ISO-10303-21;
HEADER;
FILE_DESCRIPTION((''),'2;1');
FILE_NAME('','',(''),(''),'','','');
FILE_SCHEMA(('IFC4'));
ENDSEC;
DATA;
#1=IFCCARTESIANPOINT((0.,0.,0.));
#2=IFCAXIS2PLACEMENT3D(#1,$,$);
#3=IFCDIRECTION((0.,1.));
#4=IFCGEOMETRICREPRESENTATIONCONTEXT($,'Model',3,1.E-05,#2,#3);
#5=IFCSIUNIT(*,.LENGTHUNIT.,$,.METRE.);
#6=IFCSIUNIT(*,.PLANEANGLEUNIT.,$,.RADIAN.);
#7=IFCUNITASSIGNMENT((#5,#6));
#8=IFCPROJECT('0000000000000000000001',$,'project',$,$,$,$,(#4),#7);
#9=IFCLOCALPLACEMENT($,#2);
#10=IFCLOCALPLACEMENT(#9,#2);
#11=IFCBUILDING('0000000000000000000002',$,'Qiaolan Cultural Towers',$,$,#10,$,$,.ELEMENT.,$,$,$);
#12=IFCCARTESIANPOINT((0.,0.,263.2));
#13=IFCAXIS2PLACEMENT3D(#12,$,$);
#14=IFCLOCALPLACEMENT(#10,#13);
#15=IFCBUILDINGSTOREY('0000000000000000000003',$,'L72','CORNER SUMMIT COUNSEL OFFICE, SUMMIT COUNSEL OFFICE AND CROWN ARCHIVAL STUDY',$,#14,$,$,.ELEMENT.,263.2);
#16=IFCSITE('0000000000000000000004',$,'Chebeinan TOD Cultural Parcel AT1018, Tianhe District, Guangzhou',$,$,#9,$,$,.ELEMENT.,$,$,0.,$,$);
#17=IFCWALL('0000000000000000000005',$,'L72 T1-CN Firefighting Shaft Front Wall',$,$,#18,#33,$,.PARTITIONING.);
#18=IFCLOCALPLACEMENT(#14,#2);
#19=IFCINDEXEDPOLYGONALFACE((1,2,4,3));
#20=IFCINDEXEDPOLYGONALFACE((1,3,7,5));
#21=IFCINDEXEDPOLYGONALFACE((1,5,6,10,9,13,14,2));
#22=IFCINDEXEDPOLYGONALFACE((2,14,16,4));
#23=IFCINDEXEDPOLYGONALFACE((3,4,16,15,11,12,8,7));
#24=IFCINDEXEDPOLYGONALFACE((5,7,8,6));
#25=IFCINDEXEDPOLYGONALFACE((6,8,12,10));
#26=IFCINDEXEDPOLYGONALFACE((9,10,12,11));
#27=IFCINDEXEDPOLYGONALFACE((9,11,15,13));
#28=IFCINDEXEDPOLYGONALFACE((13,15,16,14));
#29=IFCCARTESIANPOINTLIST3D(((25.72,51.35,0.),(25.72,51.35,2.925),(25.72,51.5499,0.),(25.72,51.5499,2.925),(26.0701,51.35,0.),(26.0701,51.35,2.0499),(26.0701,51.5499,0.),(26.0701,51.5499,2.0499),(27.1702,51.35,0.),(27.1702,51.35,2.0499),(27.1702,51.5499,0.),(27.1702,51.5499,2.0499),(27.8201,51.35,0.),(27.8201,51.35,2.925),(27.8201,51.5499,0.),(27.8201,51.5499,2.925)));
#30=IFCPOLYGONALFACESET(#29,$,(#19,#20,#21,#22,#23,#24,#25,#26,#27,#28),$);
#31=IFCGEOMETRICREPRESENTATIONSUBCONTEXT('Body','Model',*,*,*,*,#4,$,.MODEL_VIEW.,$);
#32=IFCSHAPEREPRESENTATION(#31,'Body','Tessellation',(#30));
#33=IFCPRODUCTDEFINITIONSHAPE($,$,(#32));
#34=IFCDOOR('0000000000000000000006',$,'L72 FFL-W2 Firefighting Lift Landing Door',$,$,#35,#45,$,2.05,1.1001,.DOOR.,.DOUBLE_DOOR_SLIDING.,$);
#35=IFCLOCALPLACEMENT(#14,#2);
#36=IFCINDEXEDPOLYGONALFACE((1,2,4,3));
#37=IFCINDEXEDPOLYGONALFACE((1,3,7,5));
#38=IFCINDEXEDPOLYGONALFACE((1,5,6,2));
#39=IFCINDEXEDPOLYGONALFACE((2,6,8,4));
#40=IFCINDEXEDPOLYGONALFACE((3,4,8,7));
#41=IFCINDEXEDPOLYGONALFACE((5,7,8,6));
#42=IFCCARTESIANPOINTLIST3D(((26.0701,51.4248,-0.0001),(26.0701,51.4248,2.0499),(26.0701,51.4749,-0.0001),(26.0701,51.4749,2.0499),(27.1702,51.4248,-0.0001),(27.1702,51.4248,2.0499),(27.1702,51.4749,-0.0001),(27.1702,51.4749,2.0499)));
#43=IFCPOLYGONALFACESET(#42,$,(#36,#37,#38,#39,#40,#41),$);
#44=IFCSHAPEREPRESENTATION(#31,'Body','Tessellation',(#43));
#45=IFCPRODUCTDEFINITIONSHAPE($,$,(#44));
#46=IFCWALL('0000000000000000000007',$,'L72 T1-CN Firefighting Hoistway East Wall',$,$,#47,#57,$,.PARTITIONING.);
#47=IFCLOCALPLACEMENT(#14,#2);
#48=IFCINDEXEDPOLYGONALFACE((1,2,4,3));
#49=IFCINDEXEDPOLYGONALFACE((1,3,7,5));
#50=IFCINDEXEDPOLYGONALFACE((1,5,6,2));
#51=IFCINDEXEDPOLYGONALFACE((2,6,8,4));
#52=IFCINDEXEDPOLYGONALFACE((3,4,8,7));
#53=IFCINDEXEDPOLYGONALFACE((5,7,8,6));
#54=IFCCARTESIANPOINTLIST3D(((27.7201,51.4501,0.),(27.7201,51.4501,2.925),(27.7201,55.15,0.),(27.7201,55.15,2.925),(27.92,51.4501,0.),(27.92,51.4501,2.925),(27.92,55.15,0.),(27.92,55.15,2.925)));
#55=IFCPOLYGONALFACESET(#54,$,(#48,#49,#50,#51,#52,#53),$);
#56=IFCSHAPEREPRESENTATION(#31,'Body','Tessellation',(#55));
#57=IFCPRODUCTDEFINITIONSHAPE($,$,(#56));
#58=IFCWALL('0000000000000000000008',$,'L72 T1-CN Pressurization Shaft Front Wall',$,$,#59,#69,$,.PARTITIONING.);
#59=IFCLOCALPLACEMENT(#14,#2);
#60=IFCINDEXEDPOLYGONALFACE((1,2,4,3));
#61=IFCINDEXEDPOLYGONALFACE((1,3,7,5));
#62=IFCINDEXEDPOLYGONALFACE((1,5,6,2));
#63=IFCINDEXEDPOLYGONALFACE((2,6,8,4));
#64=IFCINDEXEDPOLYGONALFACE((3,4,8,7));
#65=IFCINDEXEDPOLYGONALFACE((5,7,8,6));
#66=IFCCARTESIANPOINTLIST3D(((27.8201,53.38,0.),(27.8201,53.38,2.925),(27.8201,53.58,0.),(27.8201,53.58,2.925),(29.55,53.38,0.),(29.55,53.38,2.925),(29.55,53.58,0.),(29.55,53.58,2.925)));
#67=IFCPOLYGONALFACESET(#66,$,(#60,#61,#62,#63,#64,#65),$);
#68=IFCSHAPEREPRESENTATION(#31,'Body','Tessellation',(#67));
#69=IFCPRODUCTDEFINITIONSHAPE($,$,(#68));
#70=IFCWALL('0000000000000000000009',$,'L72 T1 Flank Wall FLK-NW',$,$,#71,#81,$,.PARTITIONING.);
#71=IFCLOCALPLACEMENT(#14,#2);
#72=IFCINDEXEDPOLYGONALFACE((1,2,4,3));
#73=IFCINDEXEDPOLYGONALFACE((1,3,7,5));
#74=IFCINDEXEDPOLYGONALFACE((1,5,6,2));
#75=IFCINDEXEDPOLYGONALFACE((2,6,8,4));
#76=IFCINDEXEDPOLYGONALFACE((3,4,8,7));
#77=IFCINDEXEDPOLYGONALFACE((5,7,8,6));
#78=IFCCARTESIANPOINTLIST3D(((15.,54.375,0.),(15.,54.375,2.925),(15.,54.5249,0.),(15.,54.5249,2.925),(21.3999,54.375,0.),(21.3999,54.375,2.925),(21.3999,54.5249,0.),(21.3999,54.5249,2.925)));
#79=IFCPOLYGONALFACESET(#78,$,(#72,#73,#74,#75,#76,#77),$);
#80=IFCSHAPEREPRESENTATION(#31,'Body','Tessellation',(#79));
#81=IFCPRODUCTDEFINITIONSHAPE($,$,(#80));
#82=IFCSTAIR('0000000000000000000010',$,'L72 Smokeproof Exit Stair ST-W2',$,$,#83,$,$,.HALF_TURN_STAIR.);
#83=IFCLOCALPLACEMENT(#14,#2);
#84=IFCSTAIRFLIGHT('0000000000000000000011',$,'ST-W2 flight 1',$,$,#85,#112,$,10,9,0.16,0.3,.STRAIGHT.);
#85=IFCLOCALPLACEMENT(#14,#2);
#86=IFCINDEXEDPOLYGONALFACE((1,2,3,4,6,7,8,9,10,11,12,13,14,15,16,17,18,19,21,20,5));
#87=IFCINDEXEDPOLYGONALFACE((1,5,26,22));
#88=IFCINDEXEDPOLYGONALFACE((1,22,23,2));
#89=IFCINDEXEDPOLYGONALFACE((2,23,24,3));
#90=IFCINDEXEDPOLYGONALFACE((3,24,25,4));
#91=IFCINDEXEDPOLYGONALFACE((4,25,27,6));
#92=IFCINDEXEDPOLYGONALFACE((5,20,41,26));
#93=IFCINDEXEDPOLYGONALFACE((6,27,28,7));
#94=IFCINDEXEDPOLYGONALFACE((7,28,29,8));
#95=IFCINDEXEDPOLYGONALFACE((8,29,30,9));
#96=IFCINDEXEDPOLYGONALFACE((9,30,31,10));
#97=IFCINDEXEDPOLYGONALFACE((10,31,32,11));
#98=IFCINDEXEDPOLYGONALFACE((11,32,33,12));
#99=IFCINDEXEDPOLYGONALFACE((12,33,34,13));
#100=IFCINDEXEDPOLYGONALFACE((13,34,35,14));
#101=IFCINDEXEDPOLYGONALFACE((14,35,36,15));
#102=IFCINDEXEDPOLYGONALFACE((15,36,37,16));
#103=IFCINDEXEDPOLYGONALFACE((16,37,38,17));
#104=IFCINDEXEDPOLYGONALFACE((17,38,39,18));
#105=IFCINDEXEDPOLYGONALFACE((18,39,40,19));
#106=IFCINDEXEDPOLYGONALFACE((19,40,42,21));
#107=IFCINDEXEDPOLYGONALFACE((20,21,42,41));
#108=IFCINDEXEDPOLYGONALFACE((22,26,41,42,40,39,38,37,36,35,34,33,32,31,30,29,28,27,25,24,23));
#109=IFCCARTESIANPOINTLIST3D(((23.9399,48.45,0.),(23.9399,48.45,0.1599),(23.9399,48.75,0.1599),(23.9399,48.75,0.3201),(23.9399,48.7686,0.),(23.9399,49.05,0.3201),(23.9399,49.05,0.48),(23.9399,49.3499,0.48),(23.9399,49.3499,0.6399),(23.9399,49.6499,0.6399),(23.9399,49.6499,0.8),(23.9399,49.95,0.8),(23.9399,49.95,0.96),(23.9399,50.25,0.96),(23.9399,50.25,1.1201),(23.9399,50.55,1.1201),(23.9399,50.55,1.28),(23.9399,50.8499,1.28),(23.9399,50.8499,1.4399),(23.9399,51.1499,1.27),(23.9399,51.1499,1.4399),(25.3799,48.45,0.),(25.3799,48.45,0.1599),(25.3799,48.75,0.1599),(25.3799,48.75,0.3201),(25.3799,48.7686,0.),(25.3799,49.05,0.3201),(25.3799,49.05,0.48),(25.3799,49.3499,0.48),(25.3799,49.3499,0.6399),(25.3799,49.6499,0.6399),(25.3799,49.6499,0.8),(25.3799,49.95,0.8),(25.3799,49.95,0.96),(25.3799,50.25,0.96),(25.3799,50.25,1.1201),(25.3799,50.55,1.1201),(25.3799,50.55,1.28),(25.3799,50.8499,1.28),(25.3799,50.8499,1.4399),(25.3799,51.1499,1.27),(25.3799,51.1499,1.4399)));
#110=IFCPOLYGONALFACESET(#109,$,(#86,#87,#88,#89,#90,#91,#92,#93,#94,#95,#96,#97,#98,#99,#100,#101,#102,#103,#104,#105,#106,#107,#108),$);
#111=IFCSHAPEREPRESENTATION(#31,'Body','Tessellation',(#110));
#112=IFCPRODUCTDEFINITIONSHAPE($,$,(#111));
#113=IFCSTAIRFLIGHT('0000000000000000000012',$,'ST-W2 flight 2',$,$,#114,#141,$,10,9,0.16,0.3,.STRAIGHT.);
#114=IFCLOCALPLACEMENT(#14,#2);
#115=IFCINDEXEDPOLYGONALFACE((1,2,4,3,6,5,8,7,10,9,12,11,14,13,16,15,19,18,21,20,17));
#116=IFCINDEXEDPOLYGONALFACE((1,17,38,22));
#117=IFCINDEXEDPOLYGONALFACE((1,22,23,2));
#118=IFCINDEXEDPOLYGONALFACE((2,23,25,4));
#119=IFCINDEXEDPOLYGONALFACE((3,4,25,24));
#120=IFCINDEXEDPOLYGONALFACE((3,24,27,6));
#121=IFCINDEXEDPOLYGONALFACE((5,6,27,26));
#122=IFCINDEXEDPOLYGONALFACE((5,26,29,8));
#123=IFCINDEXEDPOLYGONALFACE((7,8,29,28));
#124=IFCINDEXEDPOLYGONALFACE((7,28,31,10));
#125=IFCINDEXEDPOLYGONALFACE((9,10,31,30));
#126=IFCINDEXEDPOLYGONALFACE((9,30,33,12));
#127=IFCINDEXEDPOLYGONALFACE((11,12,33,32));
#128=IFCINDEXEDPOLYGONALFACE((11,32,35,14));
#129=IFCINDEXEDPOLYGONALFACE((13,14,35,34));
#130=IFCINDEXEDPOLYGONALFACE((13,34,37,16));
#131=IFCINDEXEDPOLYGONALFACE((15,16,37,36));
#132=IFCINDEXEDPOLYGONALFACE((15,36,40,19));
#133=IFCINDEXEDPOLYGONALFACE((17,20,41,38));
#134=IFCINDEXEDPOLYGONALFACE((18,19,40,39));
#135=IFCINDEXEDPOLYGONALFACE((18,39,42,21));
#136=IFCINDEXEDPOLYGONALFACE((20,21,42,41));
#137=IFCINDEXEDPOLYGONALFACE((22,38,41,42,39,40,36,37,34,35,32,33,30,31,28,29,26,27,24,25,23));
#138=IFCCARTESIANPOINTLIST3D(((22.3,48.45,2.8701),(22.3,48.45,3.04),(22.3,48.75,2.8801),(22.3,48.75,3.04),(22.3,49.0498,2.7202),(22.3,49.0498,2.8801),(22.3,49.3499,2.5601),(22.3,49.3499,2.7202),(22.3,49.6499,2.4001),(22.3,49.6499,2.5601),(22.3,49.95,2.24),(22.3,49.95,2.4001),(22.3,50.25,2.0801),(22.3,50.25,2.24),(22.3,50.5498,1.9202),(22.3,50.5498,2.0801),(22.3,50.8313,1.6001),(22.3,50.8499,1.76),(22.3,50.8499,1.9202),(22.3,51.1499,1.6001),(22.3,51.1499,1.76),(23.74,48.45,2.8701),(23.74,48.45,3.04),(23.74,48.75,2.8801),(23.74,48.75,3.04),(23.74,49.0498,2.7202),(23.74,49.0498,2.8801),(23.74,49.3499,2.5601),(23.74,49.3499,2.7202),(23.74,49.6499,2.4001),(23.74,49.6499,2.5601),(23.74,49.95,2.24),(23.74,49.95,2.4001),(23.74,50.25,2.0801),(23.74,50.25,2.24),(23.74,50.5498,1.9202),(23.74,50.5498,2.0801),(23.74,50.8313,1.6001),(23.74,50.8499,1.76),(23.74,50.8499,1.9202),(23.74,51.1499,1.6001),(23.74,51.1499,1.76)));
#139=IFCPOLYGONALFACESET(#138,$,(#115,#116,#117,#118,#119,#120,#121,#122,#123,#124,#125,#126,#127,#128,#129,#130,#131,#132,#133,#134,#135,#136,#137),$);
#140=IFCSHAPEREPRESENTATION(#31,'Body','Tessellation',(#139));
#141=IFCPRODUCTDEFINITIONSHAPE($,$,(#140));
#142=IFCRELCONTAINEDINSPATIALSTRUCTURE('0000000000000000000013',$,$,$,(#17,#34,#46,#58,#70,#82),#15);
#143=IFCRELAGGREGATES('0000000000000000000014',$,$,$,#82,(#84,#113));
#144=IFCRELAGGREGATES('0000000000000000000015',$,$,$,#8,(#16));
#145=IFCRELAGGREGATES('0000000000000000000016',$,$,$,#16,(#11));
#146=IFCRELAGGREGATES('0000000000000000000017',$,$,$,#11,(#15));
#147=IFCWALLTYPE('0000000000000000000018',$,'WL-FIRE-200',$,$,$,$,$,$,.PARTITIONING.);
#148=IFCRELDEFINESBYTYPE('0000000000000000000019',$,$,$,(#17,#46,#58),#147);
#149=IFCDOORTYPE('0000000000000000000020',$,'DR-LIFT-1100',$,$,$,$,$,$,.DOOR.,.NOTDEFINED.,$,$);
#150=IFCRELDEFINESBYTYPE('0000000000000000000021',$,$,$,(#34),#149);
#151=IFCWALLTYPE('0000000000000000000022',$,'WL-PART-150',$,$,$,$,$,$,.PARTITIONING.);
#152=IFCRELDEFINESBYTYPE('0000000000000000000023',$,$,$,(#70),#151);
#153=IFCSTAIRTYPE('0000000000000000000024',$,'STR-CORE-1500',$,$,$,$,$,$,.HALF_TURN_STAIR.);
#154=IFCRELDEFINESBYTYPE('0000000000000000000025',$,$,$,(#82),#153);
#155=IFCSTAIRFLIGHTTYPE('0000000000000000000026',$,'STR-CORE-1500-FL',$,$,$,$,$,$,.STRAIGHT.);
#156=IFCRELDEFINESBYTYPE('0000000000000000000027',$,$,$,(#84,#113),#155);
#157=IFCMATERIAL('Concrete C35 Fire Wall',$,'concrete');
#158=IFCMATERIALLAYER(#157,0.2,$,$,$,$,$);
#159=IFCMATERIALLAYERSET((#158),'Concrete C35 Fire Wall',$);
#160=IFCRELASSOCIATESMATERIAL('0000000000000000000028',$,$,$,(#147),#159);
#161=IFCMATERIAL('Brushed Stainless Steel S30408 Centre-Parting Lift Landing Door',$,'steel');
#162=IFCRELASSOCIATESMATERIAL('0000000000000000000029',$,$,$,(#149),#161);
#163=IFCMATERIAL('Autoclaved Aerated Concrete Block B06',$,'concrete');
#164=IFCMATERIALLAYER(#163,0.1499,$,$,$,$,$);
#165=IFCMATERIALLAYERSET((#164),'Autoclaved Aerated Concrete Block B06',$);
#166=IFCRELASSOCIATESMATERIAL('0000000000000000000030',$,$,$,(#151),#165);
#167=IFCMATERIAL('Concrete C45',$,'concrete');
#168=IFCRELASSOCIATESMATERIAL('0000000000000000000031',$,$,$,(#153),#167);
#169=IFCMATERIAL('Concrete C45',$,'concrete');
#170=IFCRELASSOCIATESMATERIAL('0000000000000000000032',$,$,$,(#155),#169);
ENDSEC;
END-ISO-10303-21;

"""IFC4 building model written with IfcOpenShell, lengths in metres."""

from ifc_helpers import new_model, si_unit, direction, frame, frame_2d, origin, place, context, subcontext, project, spatial, polyline, rectangle, outline, extrude, material, layer, layer_set, type_object, element, fill, aggregate, save


model = new_model("IFC4")

# Units and contexts
model_context = context("Model", 3, precision=1e-05, world=origin(), true_north=direction((0.0, 1.0)))
body_context = subcontext(model_context, "Body", "Model", "MODEL_VIEW")
ifc_project = project(units=[si_unit("LENGTHUNIT", "METRE"), si_unit("PLANEANGLEUNIT", "RADIAN")], contexts=[model_context])

# Site, building, storey
site_placement = place(None, origin())
site = spatial("IfcSite", under=ifc_project, at=site_placement, Name="Chebeinan TOD Cultural Parcel AT1018, Tianhe District, Guangzhou", CompositionType="ELEMENT", RefElevation=0.0)
building_placement = place(site_placement, origin())
building = spatial("IfcBuilding", under=site, at=building_placement, Name="Qiaolan Cultural Towers", CompositionType="ELEMENT")
storey_placement = place(building_placement, frame((0.0, 0.0, 263.2)))
storey = spatial("IfcBuildingStorey", under=building, at=storey_placement, Name="L72", Description="CORNER SUMMIT COUNSEL OFFICE, SUMMIT COUNSEL OFFICE AND CROWN ARCHIVAL STUDY", CompositionType="ELEMENT", Elevation=263.2)

# Wall, opening, door
ifc_material_1 = material(Name="Concrete C35 Fire Wall", Category="concrete")
ifc_layer_1 = layer(ifc_material_1, 0.2)
ifc_layer_set_1 = layer_set([ifc_layer_1], Name="Concrete C35 Fire Wall")
wall_type_1 = type_object("IfcWallType", Name="WL-FIRE-200", PredefinedType="PARTITIONING", material=ifc_layer_set_1)
wall_1_placement = place(storey_placement, frame((25.72, 51.45, 0.0), z_axis=(0.0, 0.0, 1.0), x_axis=(1.0, 0.0, 0.0)))
wall_1 = element("IfcWall", 1, at=wall_1_placement, inside=storey, type_object=wall_type_1, Name="L72 T1-CN Firefighting Shaft Front Wall", PredefinedType="PARTITIONING", context=body_context, shape_type="SweptSolid", body=[
    extrude(rectangle(XDim=2.1001, YDim=0.2, at=frame_2d((1.05, 0.0))), origin(), (0.0, 0.0, 1.0), 2.925),
])
opening_placement = place(wall_1_placement, frame((0.3501, 0.0, 0.0)))
opening = element("IfcOpeningElement", 2, at=opening_placement, cuts=wall_1, PredefinedType="OPENING", context=body_context, shape_type="SweptSolid", body=[
    extrude(rectangle(XDim=1.1001, YDim=2.05, at=frame_2d((0.55, 1.0249))), frame((0.0, 0.1099, 0.0), z_axis=(0.0, -1.0, 0.0), x_axis=(1.0, 0.0, 0.0)), (0.0, 0.0, 1.0), 0.22),
])
ifc_material_2 = material(Name="Brushed Stainless Steel S30408 Centre-Parting Lift Landing Door", Category="steel")
door_type = type_object("IfcDoorType", Name="DR-LIFT-1100", OperationType="NOTDEFINED", PredefinedType="DOOR", material=ifc_material_2)
door_placement = place(opening_placement, origin())
door = element("IfcDoor", 3, at=door_placement, inside=storey, type_object=door_type, Name="L72 FFL-W2 Firefighting Lift Landing Door", OperationType="DOUBLE_DOOR_SLIDING", OverallHeight=2.05, OverallWidth=1.1001, PredefinedType="DOOR", context=body_context, shape_type="SweptSolid", body=[
    extrude(rectangle(XDim=1.1001, YDim=2.05, at=frame_2d((0.55, 1.0249))), frame((0.0, 0.0249, 0.0), z_axis=(0.0, -1.0, 0.0), x_axis=(1.0, 0.0, 0.0)), (0.0, 0.0, 1.0), 0.05),
])
fill(opening, door)

# Walls
wall_2_placement = place(storey_placement, frame((27.8201, 51.45, 0.0), z_axis=(0.0, 0.0, 1.0), x_axis=(0.0, 1.0, 0.0)))
element("IfcWall", 4, at=wall_2_placement, inside=storey, type_object=wall_type_1, Name="L72 T1-CN Firefighting Hoistway East Wall", PredefinedType="PARTITIONING", context=body_context, shape_type="SweptSolid", body=[
    extrude(rectangle(XDim=3.7, YDim=0.2, at=frame_2d((1.8501, 0.0))), origin(), (0.0, 0.0, 1.0), 2.925),
])
wall_3_placement = place(storey_placement, frame((27.8201, 53.48, 0.0), z_axis=(0.0, 0.0, 1.0), x_axis=(1.0, 0.0, 0.0)))
element("IfcWall", 5, at=wall_3_placement, inside=storey, type_object=wall_type_1, Name="L72 T1-CN Pressurization Shaft Front Wall", PredefinedType="PARTITIONING", context=body_context, shape_type="SweptSolid", body=[
    extrude(rectangle(XDim=1.73, YDim=0.2, at=frame_2d((0.865, 0.0))), origin(), (0.0, 0.0, 1.0), 2.925),
])
ifc_material_3 = material(Name="Autoclaved Aerated Concrete Block B06", Category="concrete")
ifc_layer_2 = layer(ifc_material_3, 0.1499)
ifc_layer_set_2 = layer_set([ifc_layer_2], Name="Autoclaved Aerated Concrete Block B06")
wall_type_2 = type_object("IfcWallType", Name="WL-PART-150", PredefinedType="PARTITIONING", material=ifc_layer_set_2)
wall_4_placement = place(storey_placement, frame((15.0, 54.45, 0.0), z_axis=(0.0, 0.0, 1.0), x_axis=(1.0, 0.0, 0.0)))
element("IfcWall", 6, at=wall_4_placement, inside=storey, type_object=wall_type_2, Name="L72 T1 Flank Wall FLK-NW", PredefinedType="PARTITIONING", context=body_context, shape_type="SweptSolid", body=[
    extrude(rectangle(XDim=6.3999, YDim=0.1499, at=frame_2d((3.2, 0.0))), origin(), (0.0, 0.0, 1.0), 2.925),
])

# Stair, stair flights
ifc_material_4 = material(Name="Concrete C45", Category="concrete")
stair_type = type_object("IfcStairType", Name="STR-CORE-1500", PredefinedType="HALF_TURN_STAIR", material=ifc_material_4)
stair_placement = place(storey_placement, origin())
stair = element("IfcStair", 7, at=stair_placement, inside=storey, type_object=stair_type, Name="L72 Smokeproof Exit Stair ST-W2", PredefinedType="HALF_TURN_STAIR")
ifc_material_5 = material(Name="Concrete C45", Category="concrete")
stair_flight_type = type_object("IfcStairFlightType", Name="STR-CORE-1500-FL", PredefinedType="STRAIGHT", material=ifc_material_5)
stair_flight_1_placement = place(storey_placement, frame((24.6599, 48.45, 0.0), z_axis=(0.0, 0.0, 1.0), x_axis=(0.0, 1.0, 0.0)))
stair_flight_1 = element("IfcStairFlight", 8, at=stair_flight_1_placement, type_object=stair_flight_type, Name="ST-W2 flight 1", NumberOfRisers=10, NumberOfTreads=9, PredefinedType="STRAIGHT", RiserHeight=0.16, TreadLength=0.3, context=body_context, shape_type="SweptSolid", body=[
    extrude(outline(polyline([(0.0, 0.0), (0.0, 0.1599), (0.3, 0.1599), (0.3, 0.3201), (0.6001, 0.3201), (0.6001, 0.48), (0.8999, 0.48), (0.8999, 0.6399), (1.2, 0.6399), (1.2, 0.8), (1.5, 0.8), (1.5, 0.96), (1.8, 0.96), (1.8, 1.1201), (2.1001, 1.1201), (2.1001, 1.28), (2.3999, 1.28), (2.3999, 1.4399), (2.7, 1.4399), (2.7, 1.6001), (2.7, 1.27), (0.3186, 0.0), (0.0, 0.0)])), frame((0.0, 0.72, 0.0), z_axis=(0.0, -1.0, 0.0), x_axis=(1.0, 0.0, 0.0)), (0.0, 0.0, 1.0), 1.4399),
])
stair_flight_2_placement = place(storey_placement, frame((23.02, 51.1499, 1.6001), z_axis=(0.0, 0.0, 1.0), x_axis=(0.0, -1.0, 0.0)))
stair_flight_2 = element("IfcStairFlight", 9, at=stair_flight_2_placement, type_object=stair_flight_type, Name="ST-W2 flight 2", NumberOfRisers=10, NumberOfTreads=9, PredefinedType="STRAIGHT", RiserHeight=0.16, TreadLength=0.3, context=body_context, shape_type="SweptSolid", body=[
    extrude(outline(polyline([(0.0, 0.0), (0.0, 0.1599), (0.3, 0.1599), (0.3, 0.3201), (0.6001, 0.3201), (0.6001, 0.48), (0.8999, 0.48), (0.8999, 0.6399), (1.2, 0.6399), (1.2, 0.8), (1.5, 0.8), (1.5, 0.96), (1.8, 0.96), (1.8, 1.1201), (2.1001, 1.1201), (2.1001, 1.28), (2.3999, 1.28), (2.3999, 1.4399), (2.7, 1.4399), (2.7, 1.6001), (2.7, 1.27), (0.3186, 0.0), (0.0, 0.0)])), frame((0.0, 0.72, 0.0), z_axis=(0.0, -1.0, 0.0), x_axis=(1.0, 0.0, 0.0)), (0.0, 0.0, 1.0), 1.4399),
])
aggregate(stair, [stair_flight_1, stair_flight_2])

save(model, "model.ifc")
